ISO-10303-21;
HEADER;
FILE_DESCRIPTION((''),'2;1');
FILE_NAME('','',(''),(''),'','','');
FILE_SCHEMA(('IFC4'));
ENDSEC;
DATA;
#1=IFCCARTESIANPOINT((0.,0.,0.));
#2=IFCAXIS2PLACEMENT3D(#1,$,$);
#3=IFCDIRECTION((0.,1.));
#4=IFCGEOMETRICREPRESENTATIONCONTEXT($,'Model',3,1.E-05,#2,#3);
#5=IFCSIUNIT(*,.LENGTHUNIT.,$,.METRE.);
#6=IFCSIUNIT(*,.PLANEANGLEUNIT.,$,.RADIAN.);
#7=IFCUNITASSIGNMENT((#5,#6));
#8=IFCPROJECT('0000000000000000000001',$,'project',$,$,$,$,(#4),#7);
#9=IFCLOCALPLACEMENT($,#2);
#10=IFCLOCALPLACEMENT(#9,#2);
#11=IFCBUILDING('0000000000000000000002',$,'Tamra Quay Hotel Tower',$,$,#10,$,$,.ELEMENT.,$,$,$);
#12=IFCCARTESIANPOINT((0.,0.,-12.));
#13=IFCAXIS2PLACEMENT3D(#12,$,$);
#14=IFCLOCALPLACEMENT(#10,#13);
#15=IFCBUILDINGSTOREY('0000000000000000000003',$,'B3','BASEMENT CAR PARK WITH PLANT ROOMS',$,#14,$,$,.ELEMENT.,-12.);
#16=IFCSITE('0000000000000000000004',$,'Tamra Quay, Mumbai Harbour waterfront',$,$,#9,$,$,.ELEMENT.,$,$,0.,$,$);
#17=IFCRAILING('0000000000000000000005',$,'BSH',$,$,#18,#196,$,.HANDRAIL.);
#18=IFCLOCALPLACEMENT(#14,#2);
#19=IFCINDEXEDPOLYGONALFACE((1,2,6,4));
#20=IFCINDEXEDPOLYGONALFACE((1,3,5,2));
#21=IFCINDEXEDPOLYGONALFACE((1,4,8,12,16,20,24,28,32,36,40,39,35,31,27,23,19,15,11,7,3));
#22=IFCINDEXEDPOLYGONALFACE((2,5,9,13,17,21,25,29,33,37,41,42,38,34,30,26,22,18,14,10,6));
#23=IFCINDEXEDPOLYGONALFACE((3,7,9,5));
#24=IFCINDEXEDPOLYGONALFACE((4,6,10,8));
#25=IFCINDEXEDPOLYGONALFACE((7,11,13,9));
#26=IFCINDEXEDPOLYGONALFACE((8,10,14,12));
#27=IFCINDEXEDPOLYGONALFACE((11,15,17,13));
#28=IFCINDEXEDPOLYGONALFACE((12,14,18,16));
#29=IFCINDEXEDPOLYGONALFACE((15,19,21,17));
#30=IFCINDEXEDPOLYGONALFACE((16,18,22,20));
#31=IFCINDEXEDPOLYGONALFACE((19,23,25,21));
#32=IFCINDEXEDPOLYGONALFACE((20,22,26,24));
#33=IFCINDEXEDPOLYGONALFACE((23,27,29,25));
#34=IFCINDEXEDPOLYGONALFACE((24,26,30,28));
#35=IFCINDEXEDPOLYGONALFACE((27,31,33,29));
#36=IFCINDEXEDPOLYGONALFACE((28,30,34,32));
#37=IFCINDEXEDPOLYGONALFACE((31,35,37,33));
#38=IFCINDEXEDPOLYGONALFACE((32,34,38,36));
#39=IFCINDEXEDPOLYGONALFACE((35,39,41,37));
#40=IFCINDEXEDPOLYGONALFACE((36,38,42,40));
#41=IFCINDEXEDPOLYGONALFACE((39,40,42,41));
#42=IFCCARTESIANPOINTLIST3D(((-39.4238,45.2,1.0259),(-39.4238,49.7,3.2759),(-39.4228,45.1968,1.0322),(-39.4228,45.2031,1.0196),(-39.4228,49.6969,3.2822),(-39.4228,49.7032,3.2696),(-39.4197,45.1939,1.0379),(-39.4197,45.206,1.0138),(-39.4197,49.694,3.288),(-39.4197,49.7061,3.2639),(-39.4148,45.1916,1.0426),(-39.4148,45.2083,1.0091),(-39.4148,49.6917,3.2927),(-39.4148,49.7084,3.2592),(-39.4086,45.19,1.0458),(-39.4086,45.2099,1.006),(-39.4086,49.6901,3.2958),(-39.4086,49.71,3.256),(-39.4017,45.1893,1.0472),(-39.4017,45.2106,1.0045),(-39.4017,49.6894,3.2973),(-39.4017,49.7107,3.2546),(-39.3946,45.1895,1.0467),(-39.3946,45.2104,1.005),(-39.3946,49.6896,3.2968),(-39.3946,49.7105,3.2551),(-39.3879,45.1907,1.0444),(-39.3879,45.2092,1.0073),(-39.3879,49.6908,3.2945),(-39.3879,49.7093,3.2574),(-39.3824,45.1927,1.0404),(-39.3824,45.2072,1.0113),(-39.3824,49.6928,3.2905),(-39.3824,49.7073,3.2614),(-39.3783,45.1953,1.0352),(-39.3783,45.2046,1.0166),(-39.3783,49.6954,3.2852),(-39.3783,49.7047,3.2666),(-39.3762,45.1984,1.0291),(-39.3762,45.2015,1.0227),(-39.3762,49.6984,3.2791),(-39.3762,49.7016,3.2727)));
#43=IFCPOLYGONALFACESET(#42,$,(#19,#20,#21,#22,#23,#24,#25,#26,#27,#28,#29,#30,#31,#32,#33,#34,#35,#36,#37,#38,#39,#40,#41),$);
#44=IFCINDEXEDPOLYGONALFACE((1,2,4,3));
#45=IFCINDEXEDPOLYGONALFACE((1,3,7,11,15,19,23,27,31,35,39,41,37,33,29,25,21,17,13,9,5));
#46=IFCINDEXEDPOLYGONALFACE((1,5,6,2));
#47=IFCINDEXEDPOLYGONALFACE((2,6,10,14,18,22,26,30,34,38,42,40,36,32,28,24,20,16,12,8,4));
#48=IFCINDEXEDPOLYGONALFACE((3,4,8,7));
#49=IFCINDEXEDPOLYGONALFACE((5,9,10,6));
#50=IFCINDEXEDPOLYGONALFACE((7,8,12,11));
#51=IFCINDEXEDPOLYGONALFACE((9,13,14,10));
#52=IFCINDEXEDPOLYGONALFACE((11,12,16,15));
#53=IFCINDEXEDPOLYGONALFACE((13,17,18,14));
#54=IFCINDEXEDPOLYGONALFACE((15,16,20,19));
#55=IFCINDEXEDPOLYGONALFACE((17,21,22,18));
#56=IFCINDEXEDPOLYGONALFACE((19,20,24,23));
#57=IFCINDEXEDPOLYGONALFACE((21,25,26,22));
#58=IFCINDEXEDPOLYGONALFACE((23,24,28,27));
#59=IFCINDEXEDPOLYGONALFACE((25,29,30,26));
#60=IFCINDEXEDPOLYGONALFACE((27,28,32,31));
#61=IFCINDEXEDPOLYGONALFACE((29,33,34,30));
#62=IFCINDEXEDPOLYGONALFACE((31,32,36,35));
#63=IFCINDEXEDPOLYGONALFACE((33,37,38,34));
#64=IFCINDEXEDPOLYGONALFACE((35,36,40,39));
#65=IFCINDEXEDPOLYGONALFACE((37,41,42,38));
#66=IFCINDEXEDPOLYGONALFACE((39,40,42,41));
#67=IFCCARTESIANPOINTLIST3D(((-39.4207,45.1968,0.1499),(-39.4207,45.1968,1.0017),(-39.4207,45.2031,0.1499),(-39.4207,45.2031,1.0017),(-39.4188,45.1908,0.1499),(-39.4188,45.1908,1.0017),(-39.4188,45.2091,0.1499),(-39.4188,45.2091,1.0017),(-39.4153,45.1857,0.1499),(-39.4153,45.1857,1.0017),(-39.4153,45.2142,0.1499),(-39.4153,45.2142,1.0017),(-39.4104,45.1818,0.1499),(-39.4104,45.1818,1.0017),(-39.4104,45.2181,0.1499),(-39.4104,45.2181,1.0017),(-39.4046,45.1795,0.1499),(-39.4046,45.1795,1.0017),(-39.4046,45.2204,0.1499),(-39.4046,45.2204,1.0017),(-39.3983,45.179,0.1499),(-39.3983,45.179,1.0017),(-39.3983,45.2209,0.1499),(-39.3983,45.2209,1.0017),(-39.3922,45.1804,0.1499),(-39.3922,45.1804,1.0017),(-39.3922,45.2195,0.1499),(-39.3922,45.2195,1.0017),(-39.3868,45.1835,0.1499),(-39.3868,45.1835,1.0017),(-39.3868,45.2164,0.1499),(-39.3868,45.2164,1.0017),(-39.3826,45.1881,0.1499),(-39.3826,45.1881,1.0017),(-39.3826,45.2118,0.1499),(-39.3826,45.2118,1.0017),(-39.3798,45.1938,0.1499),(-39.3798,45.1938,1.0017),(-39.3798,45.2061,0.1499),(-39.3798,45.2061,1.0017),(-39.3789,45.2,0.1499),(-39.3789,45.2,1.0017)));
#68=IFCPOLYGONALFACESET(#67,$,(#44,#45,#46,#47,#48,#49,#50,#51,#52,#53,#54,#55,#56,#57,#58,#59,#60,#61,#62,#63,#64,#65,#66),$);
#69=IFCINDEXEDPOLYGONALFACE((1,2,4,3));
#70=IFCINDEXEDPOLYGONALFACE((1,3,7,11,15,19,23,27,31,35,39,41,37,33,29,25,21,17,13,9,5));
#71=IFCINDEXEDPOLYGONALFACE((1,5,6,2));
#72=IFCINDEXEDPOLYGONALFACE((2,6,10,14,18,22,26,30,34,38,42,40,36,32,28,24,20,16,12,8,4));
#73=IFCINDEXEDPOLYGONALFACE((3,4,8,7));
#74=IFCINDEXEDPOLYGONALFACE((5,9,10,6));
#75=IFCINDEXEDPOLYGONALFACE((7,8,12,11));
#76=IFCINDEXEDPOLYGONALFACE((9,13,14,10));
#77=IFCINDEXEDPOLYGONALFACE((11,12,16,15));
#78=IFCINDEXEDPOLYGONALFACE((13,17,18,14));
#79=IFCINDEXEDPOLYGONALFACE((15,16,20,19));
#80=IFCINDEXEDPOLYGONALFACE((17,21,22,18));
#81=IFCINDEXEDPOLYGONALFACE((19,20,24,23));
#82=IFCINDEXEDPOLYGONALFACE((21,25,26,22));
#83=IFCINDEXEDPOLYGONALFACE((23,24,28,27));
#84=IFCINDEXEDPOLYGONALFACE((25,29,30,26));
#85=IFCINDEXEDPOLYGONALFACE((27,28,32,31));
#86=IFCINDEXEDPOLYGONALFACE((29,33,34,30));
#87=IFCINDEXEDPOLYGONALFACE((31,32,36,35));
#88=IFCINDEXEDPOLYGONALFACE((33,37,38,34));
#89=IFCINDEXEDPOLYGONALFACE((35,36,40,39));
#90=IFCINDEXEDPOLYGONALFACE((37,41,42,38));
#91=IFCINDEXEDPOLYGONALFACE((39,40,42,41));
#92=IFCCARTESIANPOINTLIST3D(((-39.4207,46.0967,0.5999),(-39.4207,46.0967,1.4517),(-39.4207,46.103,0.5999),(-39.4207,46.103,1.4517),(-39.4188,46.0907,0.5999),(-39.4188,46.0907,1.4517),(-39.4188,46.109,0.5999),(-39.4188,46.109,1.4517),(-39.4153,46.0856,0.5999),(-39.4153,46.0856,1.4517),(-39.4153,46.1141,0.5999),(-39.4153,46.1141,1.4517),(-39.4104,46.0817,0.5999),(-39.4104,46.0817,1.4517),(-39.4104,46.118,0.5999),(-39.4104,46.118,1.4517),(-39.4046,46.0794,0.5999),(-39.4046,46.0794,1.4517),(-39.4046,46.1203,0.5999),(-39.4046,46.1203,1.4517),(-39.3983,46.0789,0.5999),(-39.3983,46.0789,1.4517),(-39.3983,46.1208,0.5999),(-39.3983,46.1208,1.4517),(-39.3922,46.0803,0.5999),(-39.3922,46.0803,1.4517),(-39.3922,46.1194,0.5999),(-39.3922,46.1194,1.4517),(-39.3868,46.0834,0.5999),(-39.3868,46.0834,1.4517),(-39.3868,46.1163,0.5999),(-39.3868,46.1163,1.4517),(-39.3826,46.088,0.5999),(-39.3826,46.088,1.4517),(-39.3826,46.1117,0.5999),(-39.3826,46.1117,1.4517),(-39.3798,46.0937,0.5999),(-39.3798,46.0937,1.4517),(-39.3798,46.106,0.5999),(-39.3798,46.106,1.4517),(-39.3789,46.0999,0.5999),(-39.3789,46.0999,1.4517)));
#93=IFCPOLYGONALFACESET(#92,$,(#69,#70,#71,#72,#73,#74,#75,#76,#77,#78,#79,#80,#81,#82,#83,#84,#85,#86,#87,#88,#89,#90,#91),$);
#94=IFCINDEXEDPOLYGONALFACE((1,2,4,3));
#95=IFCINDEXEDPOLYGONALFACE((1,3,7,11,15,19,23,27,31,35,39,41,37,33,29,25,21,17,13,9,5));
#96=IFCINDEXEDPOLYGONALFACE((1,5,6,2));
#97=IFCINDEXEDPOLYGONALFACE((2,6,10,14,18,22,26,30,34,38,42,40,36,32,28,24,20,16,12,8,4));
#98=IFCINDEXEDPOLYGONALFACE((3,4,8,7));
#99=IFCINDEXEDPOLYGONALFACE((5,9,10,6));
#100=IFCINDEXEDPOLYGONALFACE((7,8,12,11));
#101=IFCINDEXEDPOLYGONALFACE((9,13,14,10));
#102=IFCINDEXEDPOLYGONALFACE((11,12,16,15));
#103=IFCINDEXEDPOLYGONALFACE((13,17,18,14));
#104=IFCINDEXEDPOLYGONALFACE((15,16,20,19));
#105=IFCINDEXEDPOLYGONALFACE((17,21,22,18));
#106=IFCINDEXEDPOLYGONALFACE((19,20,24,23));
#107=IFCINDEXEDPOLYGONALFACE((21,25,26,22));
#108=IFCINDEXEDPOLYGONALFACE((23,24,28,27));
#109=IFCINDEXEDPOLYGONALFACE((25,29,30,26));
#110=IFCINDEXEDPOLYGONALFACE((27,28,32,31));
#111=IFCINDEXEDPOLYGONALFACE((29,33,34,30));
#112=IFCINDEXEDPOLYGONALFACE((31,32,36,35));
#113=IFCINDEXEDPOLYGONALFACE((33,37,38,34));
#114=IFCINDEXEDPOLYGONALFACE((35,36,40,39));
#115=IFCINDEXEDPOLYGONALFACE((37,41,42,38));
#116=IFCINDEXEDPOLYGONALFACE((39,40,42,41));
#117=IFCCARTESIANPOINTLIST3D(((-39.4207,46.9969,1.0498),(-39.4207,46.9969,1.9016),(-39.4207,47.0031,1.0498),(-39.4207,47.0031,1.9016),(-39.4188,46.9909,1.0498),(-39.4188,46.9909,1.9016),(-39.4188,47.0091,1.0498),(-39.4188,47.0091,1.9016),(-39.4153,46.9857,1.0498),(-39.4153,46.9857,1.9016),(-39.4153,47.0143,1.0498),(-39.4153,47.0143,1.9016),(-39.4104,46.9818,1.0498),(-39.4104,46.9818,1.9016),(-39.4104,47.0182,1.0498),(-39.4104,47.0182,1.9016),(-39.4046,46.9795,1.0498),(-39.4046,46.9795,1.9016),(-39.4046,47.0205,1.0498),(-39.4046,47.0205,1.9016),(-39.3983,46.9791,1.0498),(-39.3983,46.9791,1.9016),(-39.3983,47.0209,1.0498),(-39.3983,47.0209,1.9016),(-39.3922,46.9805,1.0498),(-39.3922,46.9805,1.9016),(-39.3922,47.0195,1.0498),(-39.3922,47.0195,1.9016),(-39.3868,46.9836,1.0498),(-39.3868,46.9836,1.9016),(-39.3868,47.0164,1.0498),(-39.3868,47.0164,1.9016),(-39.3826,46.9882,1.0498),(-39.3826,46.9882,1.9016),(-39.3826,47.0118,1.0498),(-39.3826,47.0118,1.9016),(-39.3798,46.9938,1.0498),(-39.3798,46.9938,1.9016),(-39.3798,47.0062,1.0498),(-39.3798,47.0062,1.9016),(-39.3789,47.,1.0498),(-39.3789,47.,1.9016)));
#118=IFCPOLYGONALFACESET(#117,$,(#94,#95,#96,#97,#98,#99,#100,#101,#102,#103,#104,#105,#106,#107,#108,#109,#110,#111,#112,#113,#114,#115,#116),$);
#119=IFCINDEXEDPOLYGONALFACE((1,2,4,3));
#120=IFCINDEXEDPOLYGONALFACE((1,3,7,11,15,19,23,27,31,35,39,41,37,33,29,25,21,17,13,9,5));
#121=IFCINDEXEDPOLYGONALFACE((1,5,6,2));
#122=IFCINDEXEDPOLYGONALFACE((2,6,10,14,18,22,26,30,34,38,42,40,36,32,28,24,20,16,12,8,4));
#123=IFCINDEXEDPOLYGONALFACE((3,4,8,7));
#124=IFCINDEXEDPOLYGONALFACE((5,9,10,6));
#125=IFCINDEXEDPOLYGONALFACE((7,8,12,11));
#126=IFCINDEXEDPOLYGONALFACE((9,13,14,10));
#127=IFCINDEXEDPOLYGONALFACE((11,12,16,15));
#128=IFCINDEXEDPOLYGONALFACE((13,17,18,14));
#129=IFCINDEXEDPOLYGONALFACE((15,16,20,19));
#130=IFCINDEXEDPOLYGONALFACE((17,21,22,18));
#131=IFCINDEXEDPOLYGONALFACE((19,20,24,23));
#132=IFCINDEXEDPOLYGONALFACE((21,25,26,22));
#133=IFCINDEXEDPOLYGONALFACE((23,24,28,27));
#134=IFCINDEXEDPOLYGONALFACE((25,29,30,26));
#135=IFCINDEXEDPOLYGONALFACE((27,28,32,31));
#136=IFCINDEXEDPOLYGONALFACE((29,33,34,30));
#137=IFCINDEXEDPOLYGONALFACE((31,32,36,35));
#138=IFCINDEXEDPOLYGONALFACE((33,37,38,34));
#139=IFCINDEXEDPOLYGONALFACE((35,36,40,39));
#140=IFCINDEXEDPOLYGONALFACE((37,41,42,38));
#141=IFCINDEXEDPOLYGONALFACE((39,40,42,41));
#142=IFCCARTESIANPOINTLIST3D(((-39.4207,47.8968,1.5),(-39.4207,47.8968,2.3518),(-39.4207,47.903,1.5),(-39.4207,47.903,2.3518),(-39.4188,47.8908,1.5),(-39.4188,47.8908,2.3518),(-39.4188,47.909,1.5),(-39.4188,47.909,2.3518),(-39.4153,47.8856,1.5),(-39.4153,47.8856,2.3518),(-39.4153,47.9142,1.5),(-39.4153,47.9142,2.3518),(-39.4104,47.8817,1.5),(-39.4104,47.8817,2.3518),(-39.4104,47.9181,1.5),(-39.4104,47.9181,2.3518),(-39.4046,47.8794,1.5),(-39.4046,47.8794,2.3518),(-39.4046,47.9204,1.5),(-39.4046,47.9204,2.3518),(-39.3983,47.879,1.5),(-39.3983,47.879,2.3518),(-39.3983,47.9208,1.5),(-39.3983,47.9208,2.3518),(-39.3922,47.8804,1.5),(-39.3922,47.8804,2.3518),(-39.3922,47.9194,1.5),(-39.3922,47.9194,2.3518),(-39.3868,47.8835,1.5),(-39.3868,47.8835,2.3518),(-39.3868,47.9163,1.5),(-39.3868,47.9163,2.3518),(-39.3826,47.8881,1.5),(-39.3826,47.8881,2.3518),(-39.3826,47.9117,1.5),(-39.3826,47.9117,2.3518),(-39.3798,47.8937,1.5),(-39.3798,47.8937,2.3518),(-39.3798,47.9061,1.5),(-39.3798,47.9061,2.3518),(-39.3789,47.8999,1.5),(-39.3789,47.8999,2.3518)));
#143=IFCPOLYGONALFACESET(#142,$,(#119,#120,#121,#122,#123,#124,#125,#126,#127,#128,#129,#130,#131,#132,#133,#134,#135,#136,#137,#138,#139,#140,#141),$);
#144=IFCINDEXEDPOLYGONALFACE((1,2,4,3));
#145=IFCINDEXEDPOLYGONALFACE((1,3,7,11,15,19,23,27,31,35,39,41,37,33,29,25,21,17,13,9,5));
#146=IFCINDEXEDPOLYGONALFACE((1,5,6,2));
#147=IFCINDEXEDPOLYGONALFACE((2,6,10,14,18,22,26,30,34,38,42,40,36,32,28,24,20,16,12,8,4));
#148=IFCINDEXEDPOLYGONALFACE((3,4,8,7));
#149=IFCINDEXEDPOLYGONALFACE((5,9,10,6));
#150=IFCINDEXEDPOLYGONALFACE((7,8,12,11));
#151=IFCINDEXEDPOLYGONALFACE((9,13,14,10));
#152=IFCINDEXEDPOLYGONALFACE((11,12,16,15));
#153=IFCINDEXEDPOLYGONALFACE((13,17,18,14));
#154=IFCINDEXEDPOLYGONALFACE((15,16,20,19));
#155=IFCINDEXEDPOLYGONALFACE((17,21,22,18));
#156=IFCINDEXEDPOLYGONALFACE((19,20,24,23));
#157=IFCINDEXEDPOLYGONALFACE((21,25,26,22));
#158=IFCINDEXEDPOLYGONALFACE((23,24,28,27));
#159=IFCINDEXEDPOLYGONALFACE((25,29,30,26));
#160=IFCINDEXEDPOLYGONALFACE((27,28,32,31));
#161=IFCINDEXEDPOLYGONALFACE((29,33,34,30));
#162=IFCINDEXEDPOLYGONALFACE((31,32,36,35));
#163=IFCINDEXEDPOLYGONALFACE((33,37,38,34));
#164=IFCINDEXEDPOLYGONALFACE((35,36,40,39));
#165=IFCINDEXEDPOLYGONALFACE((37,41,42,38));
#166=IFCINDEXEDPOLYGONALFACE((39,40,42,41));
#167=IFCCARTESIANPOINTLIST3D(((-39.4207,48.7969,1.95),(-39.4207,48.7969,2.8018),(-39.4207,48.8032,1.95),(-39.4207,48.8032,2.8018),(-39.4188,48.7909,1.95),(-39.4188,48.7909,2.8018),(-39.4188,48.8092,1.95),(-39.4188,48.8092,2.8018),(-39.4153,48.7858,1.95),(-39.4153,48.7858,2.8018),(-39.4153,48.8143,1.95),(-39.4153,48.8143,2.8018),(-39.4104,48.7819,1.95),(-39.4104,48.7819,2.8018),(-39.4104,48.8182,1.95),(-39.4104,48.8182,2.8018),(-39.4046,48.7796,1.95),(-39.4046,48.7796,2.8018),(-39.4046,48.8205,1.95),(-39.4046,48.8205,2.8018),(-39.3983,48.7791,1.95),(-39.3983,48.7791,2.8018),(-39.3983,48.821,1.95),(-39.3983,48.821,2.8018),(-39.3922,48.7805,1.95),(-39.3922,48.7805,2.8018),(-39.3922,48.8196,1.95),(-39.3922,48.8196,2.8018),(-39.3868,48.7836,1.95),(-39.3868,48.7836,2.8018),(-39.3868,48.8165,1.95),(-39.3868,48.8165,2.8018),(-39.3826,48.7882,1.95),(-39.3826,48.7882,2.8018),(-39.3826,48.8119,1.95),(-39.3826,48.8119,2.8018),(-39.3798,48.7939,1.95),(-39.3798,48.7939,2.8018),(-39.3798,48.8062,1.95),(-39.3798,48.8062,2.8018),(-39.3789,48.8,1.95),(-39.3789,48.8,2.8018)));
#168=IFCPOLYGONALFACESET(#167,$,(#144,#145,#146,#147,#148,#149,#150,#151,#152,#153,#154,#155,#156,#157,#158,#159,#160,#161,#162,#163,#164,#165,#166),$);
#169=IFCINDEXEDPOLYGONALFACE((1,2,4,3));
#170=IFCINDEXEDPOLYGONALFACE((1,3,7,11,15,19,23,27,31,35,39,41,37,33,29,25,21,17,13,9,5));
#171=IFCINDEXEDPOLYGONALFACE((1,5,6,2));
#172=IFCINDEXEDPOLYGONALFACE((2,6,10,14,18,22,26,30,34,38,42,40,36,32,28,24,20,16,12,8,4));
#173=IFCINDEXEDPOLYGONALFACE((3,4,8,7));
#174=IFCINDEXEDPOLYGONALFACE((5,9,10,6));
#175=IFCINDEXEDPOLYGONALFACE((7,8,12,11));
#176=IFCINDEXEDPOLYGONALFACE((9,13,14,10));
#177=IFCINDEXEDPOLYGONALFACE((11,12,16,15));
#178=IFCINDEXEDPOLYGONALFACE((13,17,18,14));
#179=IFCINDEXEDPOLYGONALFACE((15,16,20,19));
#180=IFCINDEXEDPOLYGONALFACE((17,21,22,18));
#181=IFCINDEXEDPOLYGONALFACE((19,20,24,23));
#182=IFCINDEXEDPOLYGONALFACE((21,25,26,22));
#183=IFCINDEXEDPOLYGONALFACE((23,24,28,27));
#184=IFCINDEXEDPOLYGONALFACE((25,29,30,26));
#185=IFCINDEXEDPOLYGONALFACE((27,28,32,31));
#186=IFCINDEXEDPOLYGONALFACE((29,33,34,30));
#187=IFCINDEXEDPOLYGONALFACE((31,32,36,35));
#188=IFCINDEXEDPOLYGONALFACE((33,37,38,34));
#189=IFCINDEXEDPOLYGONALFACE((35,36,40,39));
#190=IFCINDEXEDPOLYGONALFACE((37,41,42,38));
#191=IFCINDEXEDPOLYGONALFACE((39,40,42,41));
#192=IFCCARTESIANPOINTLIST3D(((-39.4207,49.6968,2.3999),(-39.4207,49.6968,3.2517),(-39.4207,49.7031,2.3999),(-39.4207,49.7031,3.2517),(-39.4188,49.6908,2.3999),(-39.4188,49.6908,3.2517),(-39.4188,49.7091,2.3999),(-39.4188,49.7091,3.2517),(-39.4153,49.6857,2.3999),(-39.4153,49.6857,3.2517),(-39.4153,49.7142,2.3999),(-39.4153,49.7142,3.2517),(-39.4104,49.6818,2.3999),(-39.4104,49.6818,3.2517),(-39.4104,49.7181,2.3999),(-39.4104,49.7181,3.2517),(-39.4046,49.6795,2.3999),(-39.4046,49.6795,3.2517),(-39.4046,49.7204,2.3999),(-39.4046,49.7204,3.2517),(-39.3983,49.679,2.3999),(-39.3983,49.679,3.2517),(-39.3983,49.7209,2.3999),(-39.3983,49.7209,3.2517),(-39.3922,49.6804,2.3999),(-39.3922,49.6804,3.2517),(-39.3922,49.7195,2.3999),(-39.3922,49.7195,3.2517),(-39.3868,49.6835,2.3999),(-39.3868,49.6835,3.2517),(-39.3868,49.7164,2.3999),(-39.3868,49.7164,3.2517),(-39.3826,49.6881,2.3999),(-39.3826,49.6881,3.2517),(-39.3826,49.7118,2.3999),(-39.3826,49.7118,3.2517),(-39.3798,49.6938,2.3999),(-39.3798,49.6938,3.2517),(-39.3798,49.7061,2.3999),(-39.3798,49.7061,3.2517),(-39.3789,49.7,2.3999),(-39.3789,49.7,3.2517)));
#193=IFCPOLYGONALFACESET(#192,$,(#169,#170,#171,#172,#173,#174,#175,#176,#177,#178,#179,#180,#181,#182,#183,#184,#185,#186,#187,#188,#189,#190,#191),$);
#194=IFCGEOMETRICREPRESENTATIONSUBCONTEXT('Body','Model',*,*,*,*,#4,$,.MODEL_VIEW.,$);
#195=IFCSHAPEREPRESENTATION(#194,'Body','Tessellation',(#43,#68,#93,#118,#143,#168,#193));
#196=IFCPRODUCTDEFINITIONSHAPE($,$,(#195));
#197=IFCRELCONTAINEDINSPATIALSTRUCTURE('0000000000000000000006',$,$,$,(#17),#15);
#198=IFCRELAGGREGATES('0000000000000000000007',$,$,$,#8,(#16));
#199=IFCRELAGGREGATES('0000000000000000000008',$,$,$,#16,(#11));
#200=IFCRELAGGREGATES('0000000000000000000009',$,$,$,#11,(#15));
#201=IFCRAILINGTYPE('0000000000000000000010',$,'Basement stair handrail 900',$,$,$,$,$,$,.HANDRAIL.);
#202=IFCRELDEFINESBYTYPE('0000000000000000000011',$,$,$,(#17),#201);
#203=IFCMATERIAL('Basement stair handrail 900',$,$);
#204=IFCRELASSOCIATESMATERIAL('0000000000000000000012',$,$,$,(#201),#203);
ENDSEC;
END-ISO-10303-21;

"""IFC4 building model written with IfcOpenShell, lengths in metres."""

from ifc_helpers import new_model, si_unit, direction, frame, origin, origin_2d, place, context, subcontext, project, spatial, circle, extrude, material, type_object, element, save


model = new_model("IFC4")

# Units and contexts
model_context = context("Model", 3, precision=1e-05, world=origin(), true_north=direction((0.0, 1.0)))
body_context = subcontext(model_context, "Body", "Model", "MODEL_VIEW")
ifc_project = project(units=[si_unit("LENGTHUNIT", "METRE"), si_unit("PLANEANGLEUNIT", "RADIAN")], contexts=[model_context])

# Site, building, storey
site_placement = place(None, origin())
site = spatial("IfcSite", under=ifc_project, at=site_placement, Name="Tamra Quay, Mumbai Harbour waterfront", CompositionType="ELEMENT", RefElevation=0.0)
building_placement = place(site_placement, origin())
building = spatial("IfcBuilding", under=site, at=building_placement, Name="Tamra Quay Hotel Tower", CompositionType="ELEMENT")
storey_placement = place(building_placement, frame((0.0, 0.0, -12.0)))
storey = spatial("IfcBuildingStorey", under=building, at=storey_placement, Name="B3", Description="BASEMENT CAR PARK WITH PLANT ROOMS", CompositionType="ELEMENT", Elevation=-12.0)

# Railing
ifc_material_1 = material(Name="Basement stair handrail 900")
railing_type_1 = type_object("IfcRailingType", Name="Basement stair handrail 900", PredefinedType="HANDRAIL", material=ifc_material_1)
railing_1_placement = place(storey_placement, frame((-39.3999, 45.2, 0.1499)))
element("IfcRailing", 1, at=railing_1_placement, inside=storey, type_object=railing_type_1, Name="BSH", PredefinedType="HANDRAIL", context=body_context, shape_type="SweptSolid", body=[
    extrude(circle(Radius=0.0239, at=origin_2d()), frame((0.0, 0.0, 0.876), z_axis=(0.0, 0.894427, 0.447214), x_axis=(-1.0, 0.0, 0.0)), (0.0, 0.0, 1.0), 5.0312),
    extrude(circle(Radius=0.021, at=origin_2d()), origin(), (0.0, 0.0, 1.0), 0.8518),
    extrude(circle(Radius=0.021, at=origin_2d()), frame((0.0, 0.8999, 0.45)), (0.0, 0.0, 1.0), 0.8518),
    extrude(circle(Radius=0.021, at=origin_2d()), frame((0.0, 1.8, 0.8999)), (0.0, 0.0, 1.0), 0.8518),
    extrude(circle(Radius=0.021, at=origin_2d()), frame((0.0, 2.7, 1.3501)), (0.0, 0.0, 1.0), 0.8518),
    extrude(circle(Radius=0.021, at=origin_2d()), frame((0.0, 3.6001, 1.8)), (0.0, 0.0, 1.0), 0.8518),
    extrude(circle(Radius=0.021, at=origin_2d()), frame((0.0, 4.5, 2.25)), (0.0, 0.0, 1.0), 0.8518),
])

save(model, "model.ifc")
